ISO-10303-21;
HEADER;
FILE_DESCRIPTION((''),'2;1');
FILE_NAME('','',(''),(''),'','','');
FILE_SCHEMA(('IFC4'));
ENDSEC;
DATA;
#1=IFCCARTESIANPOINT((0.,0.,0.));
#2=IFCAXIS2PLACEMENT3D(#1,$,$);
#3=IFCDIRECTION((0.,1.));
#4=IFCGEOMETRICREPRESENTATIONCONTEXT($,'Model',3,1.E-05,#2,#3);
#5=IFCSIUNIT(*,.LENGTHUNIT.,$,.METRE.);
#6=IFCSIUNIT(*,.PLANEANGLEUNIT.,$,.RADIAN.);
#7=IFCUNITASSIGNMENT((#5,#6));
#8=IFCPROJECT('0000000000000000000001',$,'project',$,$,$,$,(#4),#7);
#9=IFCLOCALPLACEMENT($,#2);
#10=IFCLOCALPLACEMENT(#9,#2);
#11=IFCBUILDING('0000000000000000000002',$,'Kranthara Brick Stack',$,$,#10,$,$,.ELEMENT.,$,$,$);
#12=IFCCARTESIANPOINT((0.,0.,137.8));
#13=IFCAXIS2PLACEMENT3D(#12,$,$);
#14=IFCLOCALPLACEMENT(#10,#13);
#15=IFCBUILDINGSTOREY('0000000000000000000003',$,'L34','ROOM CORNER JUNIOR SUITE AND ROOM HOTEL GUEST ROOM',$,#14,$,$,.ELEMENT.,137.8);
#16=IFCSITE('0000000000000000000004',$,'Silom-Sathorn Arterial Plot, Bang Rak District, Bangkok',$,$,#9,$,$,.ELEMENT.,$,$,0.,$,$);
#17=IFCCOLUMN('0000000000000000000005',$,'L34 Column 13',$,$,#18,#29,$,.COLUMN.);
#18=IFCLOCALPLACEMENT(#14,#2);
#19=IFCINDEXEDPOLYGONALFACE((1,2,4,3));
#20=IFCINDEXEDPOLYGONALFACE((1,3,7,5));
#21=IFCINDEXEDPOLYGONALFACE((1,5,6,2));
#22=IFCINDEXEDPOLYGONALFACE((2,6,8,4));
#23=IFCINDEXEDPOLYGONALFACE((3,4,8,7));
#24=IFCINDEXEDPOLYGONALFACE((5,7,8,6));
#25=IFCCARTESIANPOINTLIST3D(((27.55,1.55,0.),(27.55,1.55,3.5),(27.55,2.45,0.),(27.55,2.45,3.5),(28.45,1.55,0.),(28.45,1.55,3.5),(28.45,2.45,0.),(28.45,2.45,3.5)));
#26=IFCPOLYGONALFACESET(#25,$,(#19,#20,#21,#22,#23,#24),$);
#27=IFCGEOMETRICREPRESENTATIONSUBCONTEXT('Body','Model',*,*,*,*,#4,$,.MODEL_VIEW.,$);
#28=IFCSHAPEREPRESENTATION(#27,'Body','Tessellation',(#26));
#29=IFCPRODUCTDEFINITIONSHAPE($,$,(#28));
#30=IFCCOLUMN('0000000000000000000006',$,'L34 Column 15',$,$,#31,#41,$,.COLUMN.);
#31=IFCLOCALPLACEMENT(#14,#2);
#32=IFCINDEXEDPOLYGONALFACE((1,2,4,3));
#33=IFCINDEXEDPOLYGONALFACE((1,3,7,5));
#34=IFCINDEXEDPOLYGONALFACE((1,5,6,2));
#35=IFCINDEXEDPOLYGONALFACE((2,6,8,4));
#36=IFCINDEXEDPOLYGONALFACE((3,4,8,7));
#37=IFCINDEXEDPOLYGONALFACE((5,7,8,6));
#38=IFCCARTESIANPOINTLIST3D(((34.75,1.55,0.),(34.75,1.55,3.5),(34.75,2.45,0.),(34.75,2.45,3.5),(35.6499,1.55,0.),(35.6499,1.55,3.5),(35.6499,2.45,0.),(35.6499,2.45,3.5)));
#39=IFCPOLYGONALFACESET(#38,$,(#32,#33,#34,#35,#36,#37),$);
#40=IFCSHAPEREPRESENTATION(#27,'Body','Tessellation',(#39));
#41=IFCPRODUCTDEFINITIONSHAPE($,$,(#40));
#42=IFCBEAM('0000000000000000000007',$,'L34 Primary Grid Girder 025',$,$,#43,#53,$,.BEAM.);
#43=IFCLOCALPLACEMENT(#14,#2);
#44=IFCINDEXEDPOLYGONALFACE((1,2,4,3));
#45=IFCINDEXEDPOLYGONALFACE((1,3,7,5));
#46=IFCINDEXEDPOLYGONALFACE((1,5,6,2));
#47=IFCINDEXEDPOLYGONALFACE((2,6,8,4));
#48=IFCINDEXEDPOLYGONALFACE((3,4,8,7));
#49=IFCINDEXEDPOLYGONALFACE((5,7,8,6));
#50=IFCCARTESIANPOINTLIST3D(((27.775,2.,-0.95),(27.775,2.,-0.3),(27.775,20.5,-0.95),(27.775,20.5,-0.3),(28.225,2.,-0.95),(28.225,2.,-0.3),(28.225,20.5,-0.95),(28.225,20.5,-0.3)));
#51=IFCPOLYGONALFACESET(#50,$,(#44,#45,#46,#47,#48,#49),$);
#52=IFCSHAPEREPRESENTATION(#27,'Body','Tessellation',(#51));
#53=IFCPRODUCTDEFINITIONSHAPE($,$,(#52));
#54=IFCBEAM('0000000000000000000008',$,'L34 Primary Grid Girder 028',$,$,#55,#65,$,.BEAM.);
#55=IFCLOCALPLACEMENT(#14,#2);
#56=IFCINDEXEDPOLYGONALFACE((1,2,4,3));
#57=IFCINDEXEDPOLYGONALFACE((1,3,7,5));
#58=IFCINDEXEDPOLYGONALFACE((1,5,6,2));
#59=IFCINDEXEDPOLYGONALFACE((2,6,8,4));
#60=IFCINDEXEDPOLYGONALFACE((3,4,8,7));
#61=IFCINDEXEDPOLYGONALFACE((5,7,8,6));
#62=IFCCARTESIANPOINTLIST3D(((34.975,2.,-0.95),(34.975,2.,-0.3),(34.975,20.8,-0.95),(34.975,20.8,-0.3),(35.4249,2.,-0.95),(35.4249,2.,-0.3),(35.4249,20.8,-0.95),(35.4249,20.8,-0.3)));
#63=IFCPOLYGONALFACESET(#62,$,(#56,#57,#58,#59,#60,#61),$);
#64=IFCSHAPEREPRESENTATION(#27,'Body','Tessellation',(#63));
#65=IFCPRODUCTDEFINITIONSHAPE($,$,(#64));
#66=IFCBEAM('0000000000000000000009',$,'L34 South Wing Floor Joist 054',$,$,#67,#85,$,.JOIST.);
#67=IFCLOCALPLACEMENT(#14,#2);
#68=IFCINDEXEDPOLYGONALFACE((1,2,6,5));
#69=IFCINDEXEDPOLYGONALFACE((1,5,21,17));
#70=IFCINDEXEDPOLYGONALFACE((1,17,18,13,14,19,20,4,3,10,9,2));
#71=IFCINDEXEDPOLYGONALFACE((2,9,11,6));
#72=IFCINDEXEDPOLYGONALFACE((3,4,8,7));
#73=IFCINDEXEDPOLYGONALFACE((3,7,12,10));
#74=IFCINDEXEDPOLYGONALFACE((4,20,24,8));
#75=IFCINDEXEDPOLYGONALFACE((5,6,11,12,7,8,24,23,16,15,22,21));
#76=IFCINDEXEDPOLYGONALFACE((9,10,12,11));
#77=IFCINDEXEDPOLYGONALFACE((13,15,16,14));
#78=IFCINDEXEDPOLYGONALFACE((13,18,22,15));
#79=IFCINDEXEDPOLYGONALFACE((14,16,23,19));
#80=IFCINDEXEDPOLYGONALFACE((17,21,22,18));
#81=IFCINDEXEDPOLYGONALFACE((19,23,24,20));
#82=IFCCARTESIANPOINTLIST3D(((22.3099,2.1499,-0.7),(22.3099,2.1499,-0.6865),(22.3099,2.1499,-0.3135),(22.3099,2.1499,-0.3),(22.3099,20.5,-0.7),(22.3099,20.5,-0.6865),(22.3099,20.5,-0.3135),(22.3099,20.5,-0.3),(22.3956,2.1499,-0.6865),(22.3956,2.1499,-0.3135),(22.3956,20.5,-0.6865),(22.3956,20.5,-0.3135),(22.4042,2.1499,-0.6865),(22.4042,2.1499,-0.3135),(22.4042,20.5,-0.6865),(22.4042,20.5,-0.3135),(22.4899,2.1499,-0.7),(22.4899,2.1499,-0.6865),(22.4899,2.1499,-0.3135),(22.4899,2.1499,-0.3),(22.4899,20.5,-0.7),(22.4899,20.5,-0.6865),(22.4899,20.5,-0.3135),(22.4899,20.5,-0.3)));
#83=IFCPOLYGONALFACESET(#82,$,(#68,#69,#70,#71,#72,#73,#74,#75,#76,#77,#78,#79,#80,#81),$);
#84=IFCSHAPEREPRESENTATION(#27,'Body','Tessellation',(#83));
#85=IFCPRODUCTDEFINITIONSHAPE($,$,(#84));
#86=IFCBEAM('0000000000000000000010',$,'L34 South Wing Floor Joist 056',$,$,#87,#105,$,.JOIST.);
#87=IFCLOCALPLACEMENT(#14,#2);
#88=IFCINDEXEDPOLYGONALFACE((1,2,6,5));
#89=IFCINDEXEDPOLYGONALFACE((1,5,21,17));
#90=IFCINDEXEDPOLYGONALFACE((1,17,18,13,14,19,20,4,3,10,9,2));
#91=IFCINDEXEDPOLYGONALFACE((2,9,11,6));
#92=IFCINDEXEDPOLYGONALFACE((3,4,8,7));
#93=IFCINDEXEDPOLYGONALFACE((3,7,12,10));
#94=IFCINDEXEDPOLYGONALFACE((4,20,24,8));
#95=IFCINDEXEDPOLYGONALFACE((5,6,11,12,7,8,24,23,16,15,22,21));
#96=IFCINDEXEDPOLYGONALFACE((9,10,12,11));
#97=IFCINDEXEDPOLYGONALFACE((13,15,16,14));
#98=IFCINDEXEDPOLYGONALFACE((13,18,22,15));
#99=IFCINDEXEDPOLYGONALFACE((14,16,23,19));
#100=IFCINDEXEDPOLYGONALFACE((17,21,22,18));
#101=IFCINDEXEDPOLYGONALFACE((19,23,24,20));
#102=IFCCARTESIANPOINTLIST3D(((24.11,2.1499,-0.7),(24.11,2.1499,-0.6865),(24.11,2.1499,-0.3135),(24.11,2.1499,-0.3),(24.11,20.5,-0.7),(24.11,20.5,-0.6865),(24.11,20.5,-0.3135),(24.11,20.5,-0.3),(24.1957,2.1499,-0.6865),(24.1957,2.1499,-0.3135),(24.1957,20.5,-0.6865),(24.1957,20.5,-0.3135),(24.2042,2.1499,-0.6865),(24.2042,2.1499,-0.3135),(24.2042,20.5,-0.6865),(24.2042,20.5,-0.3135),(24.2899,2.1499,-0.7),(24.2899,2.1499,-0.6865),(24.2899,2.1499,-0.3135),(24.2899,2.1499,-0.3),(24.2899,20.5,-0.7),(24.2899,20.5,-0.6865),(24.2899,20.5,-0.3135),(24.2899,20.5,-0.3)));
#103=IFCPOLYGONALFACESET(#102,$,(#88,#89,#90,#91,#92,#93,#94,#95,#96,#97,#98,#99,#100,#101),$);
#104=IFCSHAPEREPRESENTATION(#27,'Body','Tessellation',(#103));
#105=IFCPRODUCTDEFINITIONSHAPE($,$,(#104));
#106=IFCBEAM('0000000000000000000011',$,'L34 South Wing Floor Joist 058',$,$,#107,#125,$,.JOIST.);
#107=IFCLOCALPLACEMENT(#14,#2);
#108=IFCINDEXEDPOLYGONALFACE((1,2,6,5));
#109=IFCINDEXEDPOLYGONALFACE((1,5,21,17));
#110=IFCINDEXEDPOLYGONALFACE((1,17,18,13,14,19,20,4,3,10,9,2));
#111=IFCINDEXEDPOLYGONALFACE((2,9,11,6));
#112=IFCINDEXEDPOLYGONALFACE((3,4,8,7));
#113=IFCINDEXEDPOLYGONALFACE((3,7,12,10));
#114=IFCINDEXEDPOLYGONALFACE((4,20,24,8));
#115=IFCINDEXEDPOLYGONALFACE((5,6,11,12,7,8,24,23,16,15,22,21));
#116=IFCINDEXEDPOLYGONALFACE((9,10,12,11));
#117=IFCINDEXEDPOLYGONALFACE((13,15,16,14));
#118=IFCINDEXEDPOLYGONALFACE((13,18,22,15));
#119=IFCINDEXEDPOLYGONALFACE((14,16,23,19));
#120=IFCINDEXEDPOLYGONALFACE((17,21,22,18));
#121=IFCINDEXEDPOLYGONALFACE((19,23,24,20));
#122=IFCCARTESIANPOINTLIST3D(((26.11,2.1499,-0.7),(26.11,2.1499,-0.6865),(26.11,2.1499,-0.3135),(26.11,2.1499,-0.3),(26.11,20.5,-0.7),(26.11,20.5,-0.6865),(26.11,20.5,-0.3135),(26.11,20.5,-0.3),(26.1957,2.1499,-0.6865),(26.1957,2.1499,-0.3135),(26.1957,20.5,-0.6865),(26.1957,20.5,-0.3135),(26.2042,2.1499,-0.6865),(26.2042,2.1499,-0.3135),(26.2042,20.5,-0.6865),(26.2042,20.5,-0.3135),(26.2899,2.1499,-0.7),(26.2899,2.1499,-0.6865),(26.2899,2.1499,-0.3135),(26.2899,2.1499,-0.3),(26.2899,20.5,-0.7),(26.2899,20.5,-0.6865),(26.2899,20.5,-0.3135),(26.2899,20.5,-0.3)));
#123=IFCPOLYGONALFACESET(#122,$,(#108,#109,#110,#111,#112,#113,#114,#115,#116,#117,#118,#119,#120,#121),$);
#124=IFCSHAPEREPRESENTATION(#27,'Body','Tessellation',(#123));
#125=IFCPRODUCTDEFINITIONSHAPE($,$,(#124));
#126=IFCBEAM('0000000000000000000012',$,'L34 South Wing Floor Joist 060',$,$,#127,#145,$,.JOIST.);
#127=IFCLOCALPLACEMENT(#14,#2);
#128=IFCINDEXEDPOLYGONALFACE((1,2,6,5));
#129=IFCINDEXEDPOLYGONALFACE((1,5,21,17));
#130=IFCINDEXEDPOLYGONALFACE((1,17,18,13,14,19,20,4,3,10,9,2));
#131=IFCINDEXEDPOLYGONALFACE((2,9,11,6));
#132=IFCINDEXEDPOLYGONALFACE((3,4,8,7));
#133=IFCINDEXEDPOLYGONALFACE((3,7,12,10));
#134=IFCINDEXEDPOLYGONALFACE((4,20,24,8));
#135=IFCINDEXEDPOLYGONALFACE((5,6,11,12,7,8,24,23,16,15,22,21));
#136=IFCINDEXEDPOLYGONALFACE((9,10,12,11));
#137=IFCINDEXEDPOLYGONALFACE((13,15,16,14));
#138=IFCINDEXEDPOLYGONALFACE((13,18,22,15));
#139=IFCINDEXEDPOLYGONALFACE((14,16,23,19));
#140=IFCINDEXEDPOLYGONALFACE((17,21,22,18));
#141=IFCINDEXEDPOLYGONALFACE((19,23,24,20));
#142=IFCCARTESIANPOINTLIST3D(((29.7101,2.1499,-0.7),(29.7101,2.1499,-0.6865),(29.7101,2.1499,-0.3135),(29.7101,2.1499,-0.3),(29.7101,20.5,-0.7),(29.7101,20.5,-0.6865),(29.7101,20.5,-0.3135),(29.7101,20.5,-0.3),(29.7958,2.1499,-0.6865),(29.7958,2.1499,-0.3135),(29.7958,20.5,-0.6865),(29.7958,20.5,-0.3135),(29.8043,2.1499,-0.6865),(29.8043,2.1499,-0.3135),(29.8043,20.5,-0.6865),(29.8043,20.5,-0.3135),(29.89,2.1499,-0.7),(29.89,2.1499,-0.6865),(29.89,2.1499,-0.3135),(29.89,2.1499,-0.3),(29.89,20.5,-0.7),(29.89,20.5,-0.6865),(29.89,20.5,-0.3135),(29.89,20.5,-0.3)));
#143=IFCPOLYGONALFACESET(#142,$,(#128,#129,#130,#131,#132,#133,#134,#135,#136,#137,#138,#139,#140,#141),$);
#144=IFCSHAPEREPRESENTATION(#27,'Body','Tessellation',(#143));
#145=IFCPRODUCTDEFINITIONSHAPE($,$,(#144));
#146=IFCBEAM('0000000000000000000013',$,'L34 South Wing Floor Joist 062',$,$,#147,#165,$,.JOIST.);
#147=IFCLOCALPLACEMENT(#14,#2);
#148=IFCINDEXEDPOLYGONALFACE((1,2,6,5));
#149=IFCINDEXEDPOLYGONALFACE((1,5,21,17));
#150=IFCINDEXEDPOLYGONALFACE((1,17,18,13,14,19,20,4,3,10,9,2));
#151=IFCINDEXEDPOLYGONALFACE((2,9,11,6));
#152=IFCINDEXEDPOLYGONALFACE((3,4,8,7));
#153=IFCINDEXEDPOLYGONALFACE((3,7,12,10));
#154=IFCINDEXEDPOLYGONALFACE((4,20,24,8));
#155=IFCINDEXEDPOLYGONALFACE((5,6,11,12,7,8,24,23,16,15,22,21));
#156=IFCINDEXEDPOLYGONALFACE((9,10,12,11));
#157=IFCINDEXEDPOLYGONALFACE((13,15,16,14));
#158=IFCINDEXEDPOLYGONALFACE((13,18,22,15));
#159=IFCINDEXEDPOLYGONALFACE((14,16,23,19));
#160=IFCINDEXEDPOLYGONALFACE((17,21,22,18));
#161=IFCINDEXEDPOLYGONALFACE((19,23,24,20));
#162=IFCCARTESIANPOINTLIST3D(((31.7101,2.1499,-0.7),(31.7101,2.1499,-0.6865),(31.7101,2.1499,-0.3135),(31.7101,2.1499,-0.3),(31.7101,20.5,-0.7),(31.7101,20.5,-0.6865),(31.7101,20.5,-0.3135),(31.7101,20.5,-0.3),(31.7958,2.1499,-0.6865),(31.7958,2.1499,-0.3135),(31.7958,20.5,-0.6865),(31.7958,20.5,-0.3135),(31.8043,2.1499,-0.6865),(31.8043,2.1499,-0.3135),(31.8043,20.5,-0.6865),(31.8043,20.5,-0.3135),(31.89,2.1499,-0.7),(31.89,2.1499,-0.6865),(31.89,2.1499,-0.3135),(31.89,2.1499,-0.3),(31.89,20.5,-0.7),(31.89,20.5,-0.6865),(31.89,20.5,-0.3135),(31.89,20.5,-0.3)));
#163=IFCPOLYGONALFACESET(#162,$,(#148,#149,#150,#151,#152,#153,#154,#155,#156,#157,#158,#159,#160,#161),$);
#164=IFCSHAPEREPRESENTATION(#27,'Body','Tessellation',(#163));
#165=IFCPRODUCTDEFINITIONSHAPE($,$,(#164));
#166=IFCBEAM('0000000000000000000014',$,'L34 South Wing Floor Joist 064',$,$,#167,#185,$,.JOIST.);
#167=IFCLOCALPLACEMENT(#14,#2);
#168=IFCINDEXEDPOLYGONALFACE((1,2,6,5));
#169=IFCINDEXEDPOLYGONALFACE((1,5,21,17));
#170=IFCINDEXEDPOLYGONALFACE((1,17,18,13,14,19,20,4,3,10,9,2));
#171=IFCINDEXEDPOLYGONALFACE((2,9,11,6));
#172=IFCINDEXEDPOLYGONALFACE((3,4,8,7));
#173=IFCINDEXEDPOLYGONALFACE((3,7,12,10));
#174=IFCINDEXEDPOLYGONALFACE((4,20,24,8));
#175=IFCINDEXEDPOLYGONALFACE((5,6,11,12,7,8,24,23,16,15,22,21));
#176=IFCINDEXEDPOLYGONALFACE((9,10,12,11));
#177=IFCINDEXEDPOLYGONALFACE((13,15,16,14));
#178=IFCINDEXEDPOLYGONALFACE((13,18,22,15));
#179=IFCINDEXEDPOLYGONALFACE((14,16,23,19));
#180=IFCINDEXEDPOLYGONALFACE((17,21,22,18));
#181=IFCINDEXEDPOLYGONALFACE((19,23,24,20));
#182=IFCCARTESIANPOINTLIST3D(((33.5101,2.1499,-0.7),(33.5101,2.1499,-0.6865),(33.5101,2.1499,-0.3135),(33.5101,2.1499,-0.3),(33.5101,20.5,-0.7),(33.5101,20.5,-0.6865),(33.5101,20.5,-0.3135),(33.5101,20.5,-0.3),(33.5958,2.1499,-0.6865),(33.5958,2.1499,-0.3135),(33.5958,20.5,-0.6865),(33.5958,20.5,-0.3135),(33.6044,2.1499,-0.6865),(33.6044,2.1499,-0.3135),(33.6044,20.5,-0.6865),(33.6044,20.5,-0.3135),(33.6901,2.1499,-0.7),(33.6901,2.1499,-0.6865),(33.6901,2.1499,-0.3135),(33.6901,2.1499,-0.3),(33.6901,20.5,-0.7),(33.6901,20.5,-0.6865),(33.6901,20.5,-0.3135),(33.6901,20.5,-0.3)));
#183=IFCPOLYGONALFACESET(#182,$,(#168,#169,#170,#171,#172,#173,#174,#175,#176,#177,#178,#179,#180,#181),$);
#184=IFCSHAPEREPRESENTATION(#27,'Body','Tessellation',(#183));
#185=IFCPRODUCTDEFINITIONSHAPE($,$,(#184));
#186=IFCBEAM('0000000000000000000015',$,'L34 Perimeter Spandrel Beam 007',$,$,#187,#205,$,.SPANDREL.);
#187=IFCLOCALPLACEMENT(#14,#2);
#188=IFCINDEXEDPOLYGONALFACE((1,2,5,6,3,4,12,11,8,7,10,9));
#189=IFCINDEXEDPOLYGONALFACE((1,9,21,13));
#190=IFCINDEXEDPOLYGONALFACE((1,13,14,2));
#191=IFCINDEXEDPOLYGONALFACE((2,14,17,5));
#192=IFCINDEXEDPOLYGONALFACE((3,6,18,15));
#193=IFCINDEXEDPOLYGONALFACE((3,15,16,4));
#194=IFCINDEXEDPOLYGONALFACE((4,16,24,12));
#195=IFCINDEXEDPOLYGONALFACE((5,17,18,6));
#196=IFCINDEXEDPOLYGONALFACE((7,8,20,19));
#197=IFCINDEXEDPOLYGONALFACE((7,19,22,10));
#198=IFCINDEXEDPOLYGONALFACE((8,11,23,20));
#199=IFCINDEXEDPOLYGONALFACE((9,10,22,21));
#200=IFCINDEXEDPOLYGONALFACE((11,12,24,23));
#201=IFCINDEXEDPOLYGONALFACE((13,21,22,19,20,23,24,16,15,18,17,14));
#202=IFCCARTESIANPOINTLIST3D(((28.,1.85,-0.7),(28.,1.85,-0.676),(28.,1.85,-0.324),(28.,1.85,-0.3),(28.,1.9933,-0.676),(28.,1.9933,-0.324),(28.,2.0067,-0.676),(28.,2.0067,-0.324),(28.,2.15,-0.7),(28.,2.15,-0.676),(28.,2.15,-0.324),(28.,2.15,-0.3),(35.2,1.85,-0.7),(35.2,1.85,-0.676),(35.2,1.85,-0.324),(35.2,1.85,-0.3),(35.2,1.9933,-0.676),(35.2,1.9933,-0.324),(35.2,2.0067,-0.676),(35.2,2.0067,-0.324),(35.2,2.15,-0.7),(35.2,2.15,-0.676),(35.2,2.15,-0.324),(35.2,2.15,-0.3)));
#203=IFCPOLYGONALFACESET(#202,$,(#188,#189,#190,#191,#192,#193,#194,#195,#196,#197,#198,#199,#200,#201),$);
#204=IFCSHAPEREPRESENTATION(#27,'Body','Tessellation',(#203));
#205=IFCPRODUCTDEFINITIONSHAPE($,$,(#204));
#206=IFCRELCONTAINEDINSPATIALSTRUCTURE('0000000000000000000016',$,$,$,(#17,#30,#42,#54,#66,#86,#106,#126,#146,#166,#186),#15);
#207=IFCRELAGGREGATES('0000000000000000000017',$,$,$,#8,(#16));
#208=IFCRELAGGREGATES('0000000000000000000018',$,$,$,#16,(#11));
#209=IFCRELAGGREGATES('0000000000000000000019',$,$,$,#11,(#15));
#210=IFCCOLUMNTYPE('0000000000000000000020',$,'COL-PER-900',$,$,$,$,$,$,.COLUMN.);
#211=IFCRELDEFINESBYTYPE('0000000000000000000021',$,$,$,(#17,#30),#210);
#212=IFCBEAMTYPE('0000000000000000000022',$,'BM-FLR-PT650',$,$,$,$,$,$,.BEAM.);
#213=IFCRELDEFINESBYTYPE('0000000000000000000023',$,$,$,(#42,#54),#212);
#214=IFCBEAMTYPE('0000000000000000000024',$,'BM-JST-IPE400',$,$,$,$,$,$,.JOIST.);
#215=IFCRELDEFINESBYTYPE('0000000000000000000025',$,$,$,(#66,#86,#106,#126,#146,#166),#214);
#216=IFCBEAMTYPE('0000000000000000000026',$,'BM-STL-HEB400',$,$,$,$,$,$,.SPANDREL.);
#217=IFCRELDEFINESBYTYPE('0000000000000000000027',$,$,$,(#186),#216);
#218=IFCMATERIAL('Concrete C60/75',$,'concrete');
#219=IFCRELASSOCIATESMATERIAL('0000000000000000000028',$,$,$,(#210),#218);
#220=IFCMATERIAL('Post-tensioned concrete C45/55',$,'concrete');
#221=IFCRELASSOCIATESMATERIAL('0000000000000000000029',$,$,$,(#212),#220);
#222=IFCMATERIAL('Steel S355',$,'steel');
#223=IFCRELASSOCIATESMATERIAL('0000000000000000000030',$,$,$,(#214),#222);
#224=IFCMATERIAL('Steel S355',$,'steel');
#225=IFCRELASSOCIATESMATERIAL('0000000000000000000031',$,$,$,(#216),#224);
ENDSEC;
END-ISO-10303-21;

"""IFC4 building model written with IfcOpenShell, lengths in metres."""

from ifc_helpers import new_model, si_unit, direction, frame, origin, origin_2d, place, context, subcontext, project, spatial, rectangle, i_section, extrude, material, material_profile, profile_set, type_object, element, save


model = new_model("IFC4")

# Units and contexts
model_context = context("Model", 3, precision=1e-05, world=origin(), true_north=direction((0.0, 1.0)))
body_context = subcontext(model_context, "Body", "Model", "MODEL_VIEW")
ifc_project = project(units=[si_unit("LENGTHUNIT", "METRE"), si_unit("PLANEANGLEUNIT", "RADIAN")], contexts=[model_context])

# Site, building, storey
site_placement = place(None, origin())
site = spatial("IfcSite", under=ifc_project, at=site_placement, Name="Silom-Sathorn Arterial Plot, Bang Rak District, Bangkok", CompositionType="ELEMENT", RefElevation=0.0)
building_placement = place(site_placement, origin())
building = spatial("IfcBuilding", under=site, at=building_placement, Name="Kranthara Brick Stack", CompositionType="ELEMENT")
storey_placement = place(building_placement, frame((0.0, 0.0, 137.8)))
storey = spatial("IfcBuildingStorey", under=building, at=storey_placement, Name="L34", Description="ROOM CORNER JUNIOR SUITE AND ROOM HOTEL GUEST ROOM", CompositionType="ELEMENT", Elevation=137.8)

# Columns
ifc_material_1 = material(Name="Concrete C60/75", Category="concrete")
ifc_material_profile_1 = material_profile(ifc_material_1, rectangle(XDim=0.8999, YDim=0.8999, at=origin_2d()), Name="RC 900x900")
ifc_profile_set_1 = profile_set([ifc_material_profile_1], Name="Concrete C60/75")
column_type = type_object("IfcColumnType", Name="COL-PER-900", PredefinedType="COLUMN", material=ifc_profile_set_1)
for number, where, z_axis, x_axis, name in (
    (1, (28.0, 2.0, 0.0), (0.0, 0.0, 1.0), (1.0, 0.0, 0.0), "L34 Column 13"),
    (2, (35.2, 2.0, 0.0), (0.0, 0.0, 1.0), (1.0, 0.0, 0.0), "L34 Column 15"),
):
    element("IfcColumn", number, at=place(storey_placement, frame(where, z_axis=z_axis, x_axis=x_axis)), inside=storey, type_object=column_type, Name=name, PredefinedType="COLUMN", context=body_context, shape_type="SweptSolid", body=[
        extrude(rectangle(XDim=0.8999, YDim=0.8999, at=origin_2d()), origin(), (0.0, 0.0, 1.0), 3.5),
    ])

# Beams
ifc_material_2 = material(Name="Post-tensioned concrete C45/55", Category="concrete")
ifc_material_profile_2 = material_profile(ifc_material_2, rectangle(XDim=0.45, YDim=0.6499, at=origin_2d()), Name="PT 450x650")
ifc_profile_set_2 = profile_set([ifc_material_profile_2], Name="Post-tensioned concrete C45/55")
beam_type_1 = type_object("IfcBeamType", Name="BM-FLR-PT650", PredefinedType="BEAM", material=ifc_profile_set_2)
beam_1_placement = place(storey_placement, frame((28.0, 2.0, -0.625), z_axis=(0.0, 1.0, 0.0), x_axis=(-1.0, 0.0, 0.0)))
element("IfcBeam", 3, at=beam_1_placement, inside=storey, type_object=beam_type_1, Name="L34 Primary Grid Girder 025", PredefinedType="BEAM", context=body_context, shape_type="SweptSolid", body=[
    extrude(rectangle(XDim=0.45, YDim=0.6499, at=origin_2d()), origin(), (0.0, 0.0, 1.0), 18.5),
])
beam_2_placement = place(storey_placement, frame((35.2, 2.0, -0.625), z_axis=(0.0, 1.0, 0.0), x_axis=(-1.0, 0.0, 0.0)))
element("IfcBeam", 4, at=beam_2_placement, inside=storey, type_object=beam_type_1, Name="L34 Primary Grid Girder 028", PredefinedType="BEAM", context=body_context, shape_type="SweptSolid", body=[
    extrude(rectangle(XDim=0.45, YDim=0.6499, at=origin_2d()), origin(), (0.0, 0.0, 1.0), 18.8),
])
ifc_material_3 = material(Name="Steel S355", Category="steel")
ifc_material_profile_3 = material_profile(ifc_material_3, i_section(OverallWidth=0.1799, OverallDepth=0.3999, WebThickness=0.0085, FlangeThickness=0.0134, at=origin_2d()), Name="IPE 400")
ifc_profile_set_3 = profile_set([ifc_material_profile_3], Name="Steel S355")
beam_type_2 = type_object("IfcBeamType", Name="BM-JST-IPE400", PredefinedType="JOIST", material=ifc_profile_set_3)
for number, where, z_axis, x_axis, name in (
    (5, (22.3999, 2.1499, -0.5), (0.0, 1.0, 0.0), (-1.0, 0.0, 0.0), "L34 South Wing Floor Joist 054"),
    (6, (24.2, 2.1499, -0.5), (0.0, 1.0, 0.0), (-1.0, 0.0, 0.0), "L34 South Wing Floor Joist 056"),
    (7, (26.2, 2.1499, -0.5), (0.0, 1.0, 0.0), (-1.0, 0.0, 0.0), "L34 South Wing Floor Joist 058"),
    (8, (29.8, 2.1499, -0.5), (0.0, 1.0, 0.0), (-1.0, 0.0, 0.0), "L34 South Wing Floor Joist 060"),
    (9, (31.8, 2.1499, -0.5), (0.0, 1.0, 0.0), (-1.0, 0.0, 0.0), "L34 South Wing Floor Joist 062"),
    (10, (33.6001, 2.1499, -0.5), (0.0, 1.0, 0.0), (-1.0, 0.0, 0.0), "L34 South Wing Floor Joist 064"),
):
    element("IfcBeam", number, at=place(storey_placement, frame(where, z_axis=z_axis, x_axis=x_axis)), inside=storey, type_object=beam_type_2, Name=name, PredefinedType="JOIST", context=body_context, shape_type="SweptSolid", body=[
        extrude(i_section(OverallWidth=0.1799, OverallDepth=0.3999, WebThickness=0.0085, FlangeThickness=0.0134, at=origin_2d()), origin(), (0.0, 0.0, 1.0), 18.3501),
    ])
ifc_material_4 = material(Name="Steel S355", Category="steel")
ifc_material_profile_4 = material_profile(ifc_material_4, i_section(OverallWidth=0.3, OverallDepth=0.3999, WebThickness=0.0134, FlangeThickness=0.0239, at=origin_2d()), Name="HEB 400")
ifc_profile_set_4 = profile_set([ifc_material_profile_4], Name="Steel S355")
beam_type_3 = type_object("IfcBeamType", Name="BM-STL-HEB400", PredefinedType="SPANDREL", material=ifc_profile_set_4)
beam_3_placement = place(storey_placement, frame((28.0, 2.0, -0.5), z_axis=(1.0, 0.0, 0.0), x_axis=(0.0, 1.0, 0.0)))
element("IfcBeam", 11, at=beam_3_placement, inside=storey, type_object=beam_type_3, Name="L34 Perimeter Spandrel Beam 007", PredefinedType="SPANDREL", context=body_context, shape_type="SweptSolid", body=[
    extrude(i_section(OverallWidth=0.3, OverallDepth=0.3999, WebThickness=0.0134, FlangeThickness=0.0239, at=origin_2d()), origin(), (0.0, 0.0, 1.0), 7.2),
])

save(model, "model.ifc")
